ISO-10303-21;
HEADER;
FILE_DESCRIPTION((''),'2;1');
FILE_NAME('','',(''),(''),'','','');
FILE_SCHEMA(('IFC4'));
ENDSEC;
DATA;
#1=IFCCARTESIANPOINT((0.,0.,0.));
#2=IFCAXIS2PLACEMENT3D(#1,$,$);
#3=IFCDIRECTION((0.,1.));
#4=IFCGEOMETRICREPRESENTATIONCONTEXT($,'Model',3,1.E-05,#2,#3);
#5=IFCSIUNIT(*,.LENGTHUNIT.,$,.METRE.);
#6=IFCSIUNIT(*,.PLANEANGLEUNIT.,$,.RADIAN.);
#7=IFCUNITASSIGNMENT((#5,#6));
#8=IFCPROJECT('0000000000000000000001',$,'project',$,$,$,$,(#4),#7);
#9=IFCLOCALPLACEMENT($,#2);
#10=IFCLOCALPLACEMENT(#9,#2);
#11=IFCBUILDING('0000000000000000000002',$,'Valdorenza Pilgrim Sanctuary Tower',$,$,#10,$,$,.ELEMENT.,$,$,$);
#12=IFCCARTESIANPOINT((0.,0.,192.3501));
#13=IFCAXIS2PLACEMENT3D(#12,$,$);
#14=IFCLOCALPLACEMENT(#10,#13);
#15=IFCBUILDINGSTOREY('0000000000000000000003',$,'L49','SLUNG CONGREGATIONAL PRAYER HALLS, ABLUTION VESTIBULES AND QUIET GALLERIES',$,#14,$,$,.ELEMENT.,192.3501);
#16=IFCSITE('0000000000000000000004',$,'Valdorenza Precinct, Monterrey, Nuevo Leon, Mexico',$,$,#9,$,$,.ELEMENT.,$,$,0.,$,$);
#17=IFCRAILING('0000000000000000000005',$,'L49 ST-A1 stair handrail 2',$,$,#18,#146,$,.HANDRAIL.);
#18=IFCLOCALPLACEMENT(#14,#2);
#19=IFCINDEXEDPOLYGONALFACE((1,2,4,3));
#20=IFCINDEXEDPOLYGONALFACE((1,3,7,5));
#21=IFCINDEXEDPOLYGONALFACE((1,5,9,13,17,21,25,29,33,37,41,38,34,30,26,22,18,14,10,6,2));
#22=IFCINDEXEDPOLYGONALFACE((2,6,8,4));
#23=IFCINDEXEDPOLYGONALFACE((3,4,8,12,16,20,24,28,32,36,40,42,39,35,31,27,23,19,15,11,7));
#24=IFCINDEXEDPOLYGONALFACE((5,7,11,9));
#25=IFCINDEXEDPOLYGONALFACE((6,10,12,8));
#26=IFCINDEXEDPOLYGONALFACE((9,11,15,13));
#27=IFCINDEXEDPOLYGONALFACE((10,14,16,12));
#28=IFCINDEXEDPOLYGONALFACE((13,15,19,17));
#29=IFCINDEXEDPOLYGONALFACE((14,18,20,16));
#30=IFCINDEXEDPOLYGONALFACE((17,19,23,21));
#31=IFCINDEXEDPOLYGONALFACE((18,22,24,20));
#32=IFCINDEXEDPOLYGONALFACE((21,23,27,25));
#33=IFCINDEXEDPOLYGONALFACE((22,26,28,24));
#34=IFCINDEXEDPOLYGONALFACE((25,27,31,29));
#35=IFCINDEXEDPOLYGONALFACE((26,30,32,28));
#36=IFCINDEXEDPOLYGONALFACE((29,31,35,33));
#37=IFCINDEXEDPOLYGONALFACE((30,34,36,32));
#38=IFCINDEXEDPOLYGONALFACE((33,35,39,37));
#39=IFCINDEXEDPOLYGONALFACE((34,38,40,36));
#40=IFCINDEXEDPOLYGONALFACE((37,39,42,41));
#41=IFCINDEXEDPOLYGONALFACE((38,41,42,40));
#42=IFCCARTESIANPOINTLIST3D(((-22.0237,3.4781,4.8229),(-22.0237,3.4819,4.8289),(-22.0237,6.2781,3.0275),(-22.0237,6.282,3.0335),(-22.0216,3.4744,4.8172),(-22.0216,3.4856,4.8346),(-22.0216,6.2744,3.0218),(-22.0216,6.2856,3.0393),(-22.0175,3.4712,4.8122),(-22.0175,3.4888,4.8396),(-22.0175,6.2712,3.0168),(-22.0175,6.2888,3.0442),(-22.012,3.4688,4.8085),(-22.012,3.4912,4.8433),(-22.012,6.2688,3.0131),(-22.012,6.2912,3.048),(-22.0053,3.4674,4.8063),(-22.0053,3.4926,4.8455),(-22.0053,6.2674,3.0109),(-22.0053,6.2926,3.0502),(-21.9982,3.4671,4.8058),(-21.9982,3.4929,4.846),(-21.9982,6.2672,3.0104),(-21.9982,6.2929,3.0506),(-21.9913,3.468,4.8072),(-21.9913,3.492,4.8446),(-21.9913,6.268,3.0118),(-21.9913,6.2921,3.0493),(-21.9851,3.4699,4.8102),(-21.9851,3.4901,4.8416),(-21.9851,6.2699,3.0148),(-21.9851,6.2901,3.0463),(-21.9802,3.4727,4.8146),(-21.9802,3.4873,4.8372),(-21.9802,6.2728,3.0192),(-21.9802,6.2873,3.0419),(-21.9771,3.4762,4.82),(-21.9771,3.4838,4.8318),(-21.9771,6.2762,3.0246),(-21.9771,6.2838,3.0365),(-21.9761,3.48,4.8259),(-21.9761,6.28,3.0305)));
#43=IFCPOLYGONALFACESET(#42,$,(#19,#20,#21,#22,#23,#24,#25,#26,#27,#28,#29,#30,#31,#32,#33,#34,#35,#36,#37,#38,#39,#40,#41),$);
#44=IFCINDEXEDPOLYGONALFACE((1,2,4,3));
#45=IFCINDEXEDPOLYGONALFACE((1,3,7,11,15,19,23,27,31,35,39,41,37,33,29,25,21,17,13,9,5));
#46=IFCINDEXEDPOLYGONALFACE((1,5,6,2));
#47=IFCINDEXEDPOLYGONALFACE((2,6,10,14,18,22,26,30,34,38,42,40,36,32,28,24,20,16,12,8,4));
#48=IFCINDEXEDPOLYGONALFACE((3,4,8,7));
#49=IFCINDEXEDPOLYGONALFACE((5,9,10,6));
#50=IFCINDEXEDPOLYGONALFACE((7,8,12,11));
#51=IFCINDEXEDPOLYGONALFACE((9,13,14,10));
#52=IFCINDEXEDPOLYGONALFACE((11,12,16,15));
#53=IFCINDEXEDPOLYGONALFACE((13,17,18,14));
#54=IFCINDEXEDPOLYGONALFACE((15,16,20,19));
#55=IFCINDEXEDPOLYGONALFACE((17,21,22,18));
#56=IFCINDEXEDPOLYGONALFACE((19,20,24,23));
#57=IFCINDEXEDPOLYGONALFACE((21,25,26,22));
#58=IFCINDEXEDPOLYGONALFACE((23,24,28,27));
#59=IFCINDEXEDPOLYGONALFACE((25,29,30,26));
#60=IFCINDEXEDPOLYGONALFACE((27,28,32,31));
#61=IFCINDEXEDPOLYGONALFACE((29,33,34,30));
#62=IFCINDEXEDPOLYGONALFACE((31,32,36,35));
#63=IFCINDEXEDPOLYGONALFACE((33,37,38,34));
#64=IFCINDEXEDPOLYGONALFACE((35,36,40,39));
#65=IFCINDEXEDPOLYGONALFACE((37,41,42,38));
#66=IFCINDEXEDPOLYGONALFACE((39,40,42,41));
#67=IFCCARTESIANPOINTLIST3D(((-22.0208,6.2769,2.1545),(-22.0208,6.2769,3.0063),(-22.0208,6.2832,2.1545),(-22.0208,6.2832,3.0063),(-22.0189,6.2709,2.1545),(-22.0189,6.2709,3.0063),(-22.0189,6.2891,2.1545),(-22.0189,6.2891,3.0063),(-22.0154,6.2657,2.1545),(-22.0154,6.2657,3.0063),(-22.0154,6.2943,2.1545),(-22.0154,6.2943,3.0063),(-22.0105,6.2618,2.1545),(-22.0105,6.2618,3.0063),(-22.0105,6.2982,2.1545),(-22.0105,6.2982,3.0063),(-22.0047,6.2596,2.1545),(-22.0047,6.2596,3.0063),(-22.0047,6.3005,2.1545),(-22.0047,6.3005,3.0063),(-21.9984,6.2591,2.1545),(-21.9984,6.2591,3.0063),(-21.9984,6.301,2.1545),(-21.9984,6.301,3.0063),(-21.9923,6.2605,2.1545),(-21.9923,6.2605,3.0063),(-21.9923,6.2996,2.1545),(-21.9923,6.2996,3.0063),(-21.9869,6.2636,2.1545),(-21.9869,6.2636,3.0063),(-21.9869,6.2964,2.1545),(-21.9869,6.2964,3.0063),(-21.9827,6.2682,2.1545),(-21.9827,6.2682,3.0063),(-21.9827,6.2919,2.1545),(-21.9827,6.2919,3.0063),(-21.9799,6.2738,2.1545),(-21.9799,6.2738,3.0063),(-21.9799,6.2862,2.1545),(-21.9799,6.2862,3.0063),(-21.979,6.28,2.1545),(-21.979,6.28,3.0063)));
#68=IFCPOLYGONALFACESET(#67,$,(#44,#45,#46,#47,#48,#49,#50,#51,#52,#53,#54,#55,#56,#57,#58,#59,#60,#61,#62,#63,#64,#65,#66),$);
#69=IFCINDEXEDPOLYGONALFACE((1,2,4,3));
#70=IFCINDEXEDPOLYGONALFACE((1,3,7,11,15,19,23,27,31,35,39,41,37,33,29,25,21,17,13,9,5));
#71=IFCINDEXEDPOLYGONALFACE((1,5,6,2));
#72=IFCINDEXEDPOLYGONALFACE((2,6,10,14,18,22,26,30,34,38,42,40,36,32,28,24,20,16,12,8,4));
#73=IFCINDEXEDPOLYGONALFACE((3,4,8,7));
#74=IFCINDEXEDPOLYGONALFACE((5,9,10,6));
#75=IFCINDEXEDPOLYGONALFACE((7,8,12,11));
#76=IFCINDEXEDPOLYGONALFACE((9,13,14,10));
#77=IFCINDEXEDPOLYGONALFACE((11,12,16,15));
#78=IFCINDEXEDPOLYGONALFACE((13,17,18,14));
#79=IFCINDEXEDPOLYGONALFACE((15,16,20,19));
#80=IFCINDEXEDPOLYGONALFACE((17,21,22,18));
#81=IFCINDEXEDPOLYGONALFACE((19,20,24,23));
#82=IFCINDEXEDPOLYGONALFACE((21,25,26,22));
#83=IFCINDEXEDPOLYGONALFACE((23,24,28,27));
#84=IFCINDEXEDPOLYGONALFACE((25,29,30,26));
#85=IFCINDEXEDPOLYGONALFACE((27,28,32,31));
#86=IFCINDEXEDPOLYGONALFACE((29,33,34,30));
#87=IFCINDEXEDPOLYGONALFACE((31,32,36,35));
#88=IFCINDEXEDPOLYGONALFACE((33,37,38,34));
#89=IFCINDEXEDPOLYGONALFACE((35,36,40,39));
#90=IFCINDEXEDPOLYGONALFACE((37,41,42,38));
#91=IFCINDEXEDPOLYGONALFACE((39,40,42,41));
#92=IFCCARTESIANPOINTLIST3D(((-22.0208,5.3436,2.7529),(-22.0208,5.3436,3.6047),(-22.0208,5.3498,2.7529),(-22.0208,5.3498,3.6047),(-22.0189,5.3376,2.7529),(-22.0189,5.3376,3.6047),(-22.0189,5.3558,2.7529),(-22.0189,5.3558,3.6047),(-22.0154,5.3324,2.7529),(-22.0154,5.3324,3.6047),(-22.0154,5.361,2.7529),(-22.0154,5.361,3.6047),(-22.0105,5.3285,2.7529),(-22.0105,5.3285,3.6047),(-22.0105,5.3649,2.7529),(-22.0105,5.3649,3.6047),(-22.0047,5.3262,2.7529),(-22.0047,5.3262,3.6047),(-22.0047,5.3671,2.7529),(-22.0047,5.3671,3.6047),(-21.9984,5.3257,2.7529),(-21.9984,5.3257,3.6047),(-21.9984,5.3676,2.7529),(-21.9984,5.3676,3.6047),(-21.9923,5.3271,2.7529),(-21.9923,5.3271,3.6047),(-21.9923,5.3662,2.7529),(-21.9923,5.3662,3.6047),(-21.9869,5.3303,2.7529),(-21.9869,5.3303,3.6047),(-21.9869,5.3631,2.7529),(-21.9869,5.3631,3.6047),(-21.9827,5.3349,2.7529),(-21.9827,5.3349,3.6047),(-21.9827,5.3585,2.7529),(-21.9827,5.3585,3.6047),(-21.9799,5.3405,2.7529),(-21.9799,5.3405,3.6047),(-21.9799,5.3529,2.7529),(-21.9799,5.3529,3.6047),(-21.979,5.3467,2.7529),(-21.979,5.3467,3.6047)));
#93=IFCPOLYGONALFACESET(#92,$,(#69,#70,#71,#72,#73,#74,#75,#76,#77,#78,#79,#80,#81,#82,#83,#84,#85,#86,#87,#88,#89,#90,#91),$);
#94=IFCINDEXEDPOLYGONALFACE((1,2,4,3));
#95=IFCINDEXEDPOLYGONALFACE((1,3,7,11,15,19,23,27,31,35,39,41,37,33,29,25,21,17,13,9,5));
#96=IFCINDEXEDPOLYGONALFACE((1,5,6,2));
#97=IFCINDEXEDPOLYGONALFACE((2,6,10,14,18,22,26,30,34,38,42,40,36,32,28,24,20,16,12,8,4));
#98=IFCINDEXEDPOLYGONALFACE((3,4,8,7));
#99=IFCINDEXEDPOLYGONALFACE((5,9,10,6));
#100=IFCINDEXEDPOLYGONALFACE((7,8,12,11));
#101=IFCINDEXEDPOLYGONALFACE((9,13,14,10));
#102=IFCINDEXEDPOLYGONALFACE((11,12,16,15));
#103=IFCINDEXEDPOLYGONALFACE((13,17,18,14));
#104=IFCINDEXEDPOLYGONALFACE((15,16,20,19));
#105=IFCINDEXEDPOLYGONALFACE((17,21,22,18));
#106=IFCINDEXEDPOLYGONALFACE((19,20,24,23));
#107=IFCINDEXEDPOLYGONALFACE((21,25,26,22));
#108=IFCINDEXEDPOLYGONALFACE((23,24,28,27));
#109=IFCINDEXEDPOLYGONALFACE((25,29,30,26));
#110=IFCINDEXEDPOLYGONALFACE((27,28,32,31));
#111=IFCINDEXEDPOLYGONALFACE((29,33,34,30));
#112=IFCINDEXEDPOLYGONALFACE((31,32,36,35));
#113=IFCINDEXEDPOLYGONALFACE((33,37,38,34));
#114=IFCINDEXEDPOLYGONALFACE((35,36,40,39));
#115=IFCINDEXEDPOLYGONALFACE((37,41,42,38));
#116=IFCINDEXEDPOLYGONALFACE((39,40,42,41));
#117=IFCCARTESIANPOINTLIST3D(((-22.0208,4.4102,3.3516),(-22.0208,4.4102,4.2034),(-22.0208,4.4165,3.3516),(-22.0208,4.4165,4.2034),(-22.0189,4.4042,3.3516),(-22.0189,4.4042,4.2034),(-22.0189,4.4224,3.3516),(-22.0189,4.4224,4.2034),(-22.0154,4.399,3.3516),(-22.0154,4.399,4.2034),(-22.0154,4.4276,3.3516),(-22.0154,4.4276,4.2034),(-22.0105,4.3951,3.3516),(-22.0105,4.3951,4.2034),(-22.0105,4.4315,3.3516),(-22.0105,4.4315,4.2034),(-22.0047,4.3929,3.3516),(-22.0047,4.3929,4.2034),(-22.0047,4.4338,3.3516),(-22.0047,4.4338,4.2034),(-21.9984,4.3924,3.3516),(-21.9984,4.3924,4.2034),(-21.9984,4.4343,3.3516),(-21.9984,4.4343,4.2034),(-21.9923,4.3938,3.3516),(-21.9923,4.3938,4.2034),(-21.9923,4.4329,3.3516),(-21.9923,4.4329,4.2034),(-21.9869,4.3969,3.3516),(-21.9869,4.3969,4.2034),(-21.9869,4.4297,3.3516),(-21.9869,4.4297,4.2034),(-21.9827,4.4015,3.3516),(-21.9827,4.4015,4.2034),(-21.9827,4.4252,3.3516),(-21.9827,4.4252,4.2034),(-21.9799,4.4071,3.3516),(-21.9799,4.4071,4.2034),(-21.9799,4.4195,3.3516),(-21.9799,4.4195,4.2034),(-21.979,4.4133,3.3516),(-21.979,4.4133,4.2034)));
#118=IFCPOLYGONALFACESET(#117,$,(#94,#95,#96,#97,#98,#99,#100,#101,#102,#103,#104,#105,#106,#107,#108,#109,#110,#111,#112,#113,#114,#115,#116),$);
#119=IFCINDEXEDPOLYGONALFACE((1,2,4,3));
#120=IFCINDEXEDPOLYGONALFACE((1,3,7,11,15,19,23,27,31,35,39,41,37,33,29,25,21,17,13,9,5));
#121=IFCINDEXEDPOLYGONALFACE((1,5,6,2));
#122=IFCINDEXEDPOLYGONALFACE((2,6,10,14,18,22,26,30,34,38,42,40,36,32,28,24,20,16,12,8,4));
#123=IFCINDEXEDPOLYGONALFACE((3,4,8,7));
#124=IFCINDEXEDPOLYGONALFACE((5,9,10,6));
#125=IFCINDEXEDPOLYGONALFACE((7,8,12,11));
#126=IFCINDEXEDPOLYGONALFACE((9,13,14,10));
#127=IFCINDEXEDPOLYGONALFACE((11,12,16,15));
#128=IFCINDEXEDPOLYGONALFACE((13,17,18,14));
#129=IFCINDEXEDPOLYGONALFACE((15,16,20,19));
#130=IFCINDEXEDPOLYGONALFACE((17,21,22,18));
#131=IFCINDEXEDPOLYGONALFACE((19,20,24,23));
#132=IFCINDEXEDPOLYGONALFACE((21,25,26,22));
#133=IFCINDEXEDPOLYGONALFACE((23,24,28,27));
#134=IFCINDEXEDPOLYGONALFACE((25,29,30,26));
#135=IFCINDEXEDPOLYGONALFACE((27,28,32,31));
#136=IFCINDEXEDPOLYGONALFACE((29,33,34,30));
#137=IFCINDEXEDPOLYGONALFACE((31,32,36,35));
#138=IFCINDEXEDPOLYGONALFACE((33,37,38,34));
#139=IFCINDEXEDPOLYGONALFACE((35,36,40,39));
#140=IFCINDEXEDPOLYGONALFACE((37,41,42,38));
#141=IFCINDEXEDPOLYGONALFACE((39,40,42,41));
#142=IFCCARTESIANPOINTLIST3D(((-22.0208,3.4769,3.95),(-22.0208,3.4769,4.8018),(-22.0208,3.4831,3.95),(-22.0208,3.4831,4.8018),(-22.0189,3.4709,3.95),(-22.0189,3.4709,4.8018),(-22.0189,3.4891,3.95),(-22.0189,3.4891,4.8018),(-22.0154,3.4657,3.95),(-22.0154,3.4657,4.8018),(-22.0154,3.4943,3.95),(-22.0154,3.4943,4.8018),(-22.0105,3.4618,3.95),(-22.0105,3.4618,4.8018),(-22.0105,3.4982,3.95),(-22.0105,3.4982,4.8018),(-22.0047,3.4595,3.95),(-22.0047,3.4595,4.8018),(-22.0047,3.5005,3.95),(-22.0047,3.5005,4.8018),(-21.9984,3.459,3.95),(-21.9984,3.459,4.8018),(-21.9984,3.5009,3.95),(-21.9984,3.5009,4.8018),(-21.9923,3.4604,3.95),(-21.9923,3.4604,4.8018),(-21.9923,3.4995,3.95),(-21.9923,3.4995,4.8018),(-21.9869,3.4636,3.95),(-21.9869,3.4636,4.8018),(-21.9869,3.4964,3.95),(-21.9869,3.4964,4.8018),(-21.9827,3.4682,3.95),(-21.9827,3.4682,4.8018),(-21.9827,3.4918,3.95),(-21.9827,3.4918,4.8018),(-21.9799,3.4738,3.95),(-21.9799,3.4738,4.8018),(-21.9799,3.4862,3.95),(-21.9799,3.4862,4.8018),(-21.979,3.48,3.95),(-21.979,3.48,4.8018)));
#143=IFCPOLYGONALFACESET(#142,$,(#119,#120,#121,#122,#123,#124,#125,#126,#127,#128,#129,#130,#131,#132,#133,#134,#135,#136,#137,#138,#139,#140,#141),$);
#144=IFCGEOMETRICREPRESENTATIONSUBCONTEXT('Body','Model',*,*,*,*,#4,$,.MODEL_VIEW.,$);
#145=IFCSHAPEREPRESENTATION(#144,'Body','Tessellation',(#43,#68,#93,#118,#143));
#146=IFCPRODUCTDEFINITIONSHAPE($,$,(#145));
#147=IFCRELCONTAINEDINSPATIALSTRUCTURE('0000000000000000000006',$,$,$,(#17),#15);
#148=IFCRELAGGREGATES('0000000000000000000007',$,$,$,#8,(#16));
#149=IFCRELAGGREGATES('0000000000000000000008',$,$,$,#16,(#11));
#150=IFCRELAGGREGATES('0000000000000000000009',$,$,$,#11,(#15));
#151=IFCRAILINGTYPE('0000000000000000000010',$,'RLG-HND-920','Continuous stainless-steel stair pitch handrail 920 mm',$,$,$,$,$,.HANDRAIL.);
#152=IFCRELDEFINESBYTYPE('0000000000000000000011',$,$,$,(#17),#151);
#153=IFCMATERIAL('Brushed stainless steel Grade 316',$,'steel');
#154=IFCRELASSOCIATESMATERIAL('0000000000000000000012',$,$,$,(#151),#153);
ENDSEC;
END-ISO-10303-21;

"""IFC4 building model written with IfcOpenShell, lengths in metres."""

from ifc_helpers import new_model, si_unit, direction, frame, origin, origin_2d, place, context, subcontext, project, spatial, circle, extrude, material, type_object, element, save


model = new_model("IFC4")

# Units and contexts
model_context = context("Model", 3, precision=1e-05, world=origin(), true_north=direction((0.0, 1.0)))
body_context = subcontext(model_context, "Body", "Model", "MODEL_VIEW")
ifc_project = project(units=[si_unit("LENGTHUNIT", "METRE"), si_unit("PLANEANGLEUNIT", "RADIAN")], contexts=[model_context])

# Site, building, storey
site_placement = place(None, origin())
site = spatial("IfcSite", under=ifc_project, at=site_placement, Name="Valdorenza Precinct, Monterrey, Nuevo Leon, Mexico", CompositionType="ELEMENT", RefElevation=0.0)
building_placement = place(site_placement, origin())
building = spatial("IfcBuilding", under=site, at=building_placement, Name="Valdorenza Pilgrim Sanctuary Tower", CompositionType="ELEMENT")
storey_placement = place(building_placement, frame((0.0, 0.0, 192.3501)))
storey = spatial("IfcBuildingStorey", under=building, at=storey_placement, Name="L49", Description="SLUNG CONGREGATIONAL PRAYER HALLS, ABLUTION VESTIBULES AND QUIET GALLERIES", CompositionType="ELEMENT", Elevation=192.3501)

# Railing
ifc_material_1 = material(Name="Brushed stainless steel Grade 316", Category="steel")
railing_type_1 = type_object("IfcRailingType", Name="RLG-HND-920", Description="Continuous stainless-steel stair pitch handrail 920 mm", PredefinedType="HANDRAIL", material=ifc_material_1)
railing_1_placement = place(storey_placement, frame((-22.0, 6.28, 2.1545)))
element("IfcRailing", 1, at=railing_1_placement, inside=storey, type_object=railing_type_1, Name="L49 ST-A1 stair handrail 2", PredefinedType="HANDRAIL", context=body_context, shape_type="SweptSolid", body=[
    extrude(circle(Radius=0.0239, at=origin_2d()), frame((0.0, 0.0, 0.876), z_axis=(0.0, -0.84181, 0.539774), x_axis=(1.0, 0.0, 0.0)), (0.0, 0.0, 1.0), 3.3262),
    extrude(circle(Radius=0.021, at=origin_2d()), origin(), (0.0, 0.0, 1.0), 0.8518),
    extrude(circle(Radius=0.021, at=origin_2d()), frame((0.0, -0.9333, 0.5984)), (0.0, 0.0, 1.0), 0.8518),
    extrude(circle(Radius=0.021, at=origin_2d()), frame((0.0, -1.8667, 1.197)), (0.0, 0.0, 1.0), 0.8518),
    extrude(circle(Radius=0.021, at=origin_2d()), frame((0.0, -2.8, 1.7954)), (0.0, 0.0, 1.0), 0.8518),
])

save(model, "model.ifc")
